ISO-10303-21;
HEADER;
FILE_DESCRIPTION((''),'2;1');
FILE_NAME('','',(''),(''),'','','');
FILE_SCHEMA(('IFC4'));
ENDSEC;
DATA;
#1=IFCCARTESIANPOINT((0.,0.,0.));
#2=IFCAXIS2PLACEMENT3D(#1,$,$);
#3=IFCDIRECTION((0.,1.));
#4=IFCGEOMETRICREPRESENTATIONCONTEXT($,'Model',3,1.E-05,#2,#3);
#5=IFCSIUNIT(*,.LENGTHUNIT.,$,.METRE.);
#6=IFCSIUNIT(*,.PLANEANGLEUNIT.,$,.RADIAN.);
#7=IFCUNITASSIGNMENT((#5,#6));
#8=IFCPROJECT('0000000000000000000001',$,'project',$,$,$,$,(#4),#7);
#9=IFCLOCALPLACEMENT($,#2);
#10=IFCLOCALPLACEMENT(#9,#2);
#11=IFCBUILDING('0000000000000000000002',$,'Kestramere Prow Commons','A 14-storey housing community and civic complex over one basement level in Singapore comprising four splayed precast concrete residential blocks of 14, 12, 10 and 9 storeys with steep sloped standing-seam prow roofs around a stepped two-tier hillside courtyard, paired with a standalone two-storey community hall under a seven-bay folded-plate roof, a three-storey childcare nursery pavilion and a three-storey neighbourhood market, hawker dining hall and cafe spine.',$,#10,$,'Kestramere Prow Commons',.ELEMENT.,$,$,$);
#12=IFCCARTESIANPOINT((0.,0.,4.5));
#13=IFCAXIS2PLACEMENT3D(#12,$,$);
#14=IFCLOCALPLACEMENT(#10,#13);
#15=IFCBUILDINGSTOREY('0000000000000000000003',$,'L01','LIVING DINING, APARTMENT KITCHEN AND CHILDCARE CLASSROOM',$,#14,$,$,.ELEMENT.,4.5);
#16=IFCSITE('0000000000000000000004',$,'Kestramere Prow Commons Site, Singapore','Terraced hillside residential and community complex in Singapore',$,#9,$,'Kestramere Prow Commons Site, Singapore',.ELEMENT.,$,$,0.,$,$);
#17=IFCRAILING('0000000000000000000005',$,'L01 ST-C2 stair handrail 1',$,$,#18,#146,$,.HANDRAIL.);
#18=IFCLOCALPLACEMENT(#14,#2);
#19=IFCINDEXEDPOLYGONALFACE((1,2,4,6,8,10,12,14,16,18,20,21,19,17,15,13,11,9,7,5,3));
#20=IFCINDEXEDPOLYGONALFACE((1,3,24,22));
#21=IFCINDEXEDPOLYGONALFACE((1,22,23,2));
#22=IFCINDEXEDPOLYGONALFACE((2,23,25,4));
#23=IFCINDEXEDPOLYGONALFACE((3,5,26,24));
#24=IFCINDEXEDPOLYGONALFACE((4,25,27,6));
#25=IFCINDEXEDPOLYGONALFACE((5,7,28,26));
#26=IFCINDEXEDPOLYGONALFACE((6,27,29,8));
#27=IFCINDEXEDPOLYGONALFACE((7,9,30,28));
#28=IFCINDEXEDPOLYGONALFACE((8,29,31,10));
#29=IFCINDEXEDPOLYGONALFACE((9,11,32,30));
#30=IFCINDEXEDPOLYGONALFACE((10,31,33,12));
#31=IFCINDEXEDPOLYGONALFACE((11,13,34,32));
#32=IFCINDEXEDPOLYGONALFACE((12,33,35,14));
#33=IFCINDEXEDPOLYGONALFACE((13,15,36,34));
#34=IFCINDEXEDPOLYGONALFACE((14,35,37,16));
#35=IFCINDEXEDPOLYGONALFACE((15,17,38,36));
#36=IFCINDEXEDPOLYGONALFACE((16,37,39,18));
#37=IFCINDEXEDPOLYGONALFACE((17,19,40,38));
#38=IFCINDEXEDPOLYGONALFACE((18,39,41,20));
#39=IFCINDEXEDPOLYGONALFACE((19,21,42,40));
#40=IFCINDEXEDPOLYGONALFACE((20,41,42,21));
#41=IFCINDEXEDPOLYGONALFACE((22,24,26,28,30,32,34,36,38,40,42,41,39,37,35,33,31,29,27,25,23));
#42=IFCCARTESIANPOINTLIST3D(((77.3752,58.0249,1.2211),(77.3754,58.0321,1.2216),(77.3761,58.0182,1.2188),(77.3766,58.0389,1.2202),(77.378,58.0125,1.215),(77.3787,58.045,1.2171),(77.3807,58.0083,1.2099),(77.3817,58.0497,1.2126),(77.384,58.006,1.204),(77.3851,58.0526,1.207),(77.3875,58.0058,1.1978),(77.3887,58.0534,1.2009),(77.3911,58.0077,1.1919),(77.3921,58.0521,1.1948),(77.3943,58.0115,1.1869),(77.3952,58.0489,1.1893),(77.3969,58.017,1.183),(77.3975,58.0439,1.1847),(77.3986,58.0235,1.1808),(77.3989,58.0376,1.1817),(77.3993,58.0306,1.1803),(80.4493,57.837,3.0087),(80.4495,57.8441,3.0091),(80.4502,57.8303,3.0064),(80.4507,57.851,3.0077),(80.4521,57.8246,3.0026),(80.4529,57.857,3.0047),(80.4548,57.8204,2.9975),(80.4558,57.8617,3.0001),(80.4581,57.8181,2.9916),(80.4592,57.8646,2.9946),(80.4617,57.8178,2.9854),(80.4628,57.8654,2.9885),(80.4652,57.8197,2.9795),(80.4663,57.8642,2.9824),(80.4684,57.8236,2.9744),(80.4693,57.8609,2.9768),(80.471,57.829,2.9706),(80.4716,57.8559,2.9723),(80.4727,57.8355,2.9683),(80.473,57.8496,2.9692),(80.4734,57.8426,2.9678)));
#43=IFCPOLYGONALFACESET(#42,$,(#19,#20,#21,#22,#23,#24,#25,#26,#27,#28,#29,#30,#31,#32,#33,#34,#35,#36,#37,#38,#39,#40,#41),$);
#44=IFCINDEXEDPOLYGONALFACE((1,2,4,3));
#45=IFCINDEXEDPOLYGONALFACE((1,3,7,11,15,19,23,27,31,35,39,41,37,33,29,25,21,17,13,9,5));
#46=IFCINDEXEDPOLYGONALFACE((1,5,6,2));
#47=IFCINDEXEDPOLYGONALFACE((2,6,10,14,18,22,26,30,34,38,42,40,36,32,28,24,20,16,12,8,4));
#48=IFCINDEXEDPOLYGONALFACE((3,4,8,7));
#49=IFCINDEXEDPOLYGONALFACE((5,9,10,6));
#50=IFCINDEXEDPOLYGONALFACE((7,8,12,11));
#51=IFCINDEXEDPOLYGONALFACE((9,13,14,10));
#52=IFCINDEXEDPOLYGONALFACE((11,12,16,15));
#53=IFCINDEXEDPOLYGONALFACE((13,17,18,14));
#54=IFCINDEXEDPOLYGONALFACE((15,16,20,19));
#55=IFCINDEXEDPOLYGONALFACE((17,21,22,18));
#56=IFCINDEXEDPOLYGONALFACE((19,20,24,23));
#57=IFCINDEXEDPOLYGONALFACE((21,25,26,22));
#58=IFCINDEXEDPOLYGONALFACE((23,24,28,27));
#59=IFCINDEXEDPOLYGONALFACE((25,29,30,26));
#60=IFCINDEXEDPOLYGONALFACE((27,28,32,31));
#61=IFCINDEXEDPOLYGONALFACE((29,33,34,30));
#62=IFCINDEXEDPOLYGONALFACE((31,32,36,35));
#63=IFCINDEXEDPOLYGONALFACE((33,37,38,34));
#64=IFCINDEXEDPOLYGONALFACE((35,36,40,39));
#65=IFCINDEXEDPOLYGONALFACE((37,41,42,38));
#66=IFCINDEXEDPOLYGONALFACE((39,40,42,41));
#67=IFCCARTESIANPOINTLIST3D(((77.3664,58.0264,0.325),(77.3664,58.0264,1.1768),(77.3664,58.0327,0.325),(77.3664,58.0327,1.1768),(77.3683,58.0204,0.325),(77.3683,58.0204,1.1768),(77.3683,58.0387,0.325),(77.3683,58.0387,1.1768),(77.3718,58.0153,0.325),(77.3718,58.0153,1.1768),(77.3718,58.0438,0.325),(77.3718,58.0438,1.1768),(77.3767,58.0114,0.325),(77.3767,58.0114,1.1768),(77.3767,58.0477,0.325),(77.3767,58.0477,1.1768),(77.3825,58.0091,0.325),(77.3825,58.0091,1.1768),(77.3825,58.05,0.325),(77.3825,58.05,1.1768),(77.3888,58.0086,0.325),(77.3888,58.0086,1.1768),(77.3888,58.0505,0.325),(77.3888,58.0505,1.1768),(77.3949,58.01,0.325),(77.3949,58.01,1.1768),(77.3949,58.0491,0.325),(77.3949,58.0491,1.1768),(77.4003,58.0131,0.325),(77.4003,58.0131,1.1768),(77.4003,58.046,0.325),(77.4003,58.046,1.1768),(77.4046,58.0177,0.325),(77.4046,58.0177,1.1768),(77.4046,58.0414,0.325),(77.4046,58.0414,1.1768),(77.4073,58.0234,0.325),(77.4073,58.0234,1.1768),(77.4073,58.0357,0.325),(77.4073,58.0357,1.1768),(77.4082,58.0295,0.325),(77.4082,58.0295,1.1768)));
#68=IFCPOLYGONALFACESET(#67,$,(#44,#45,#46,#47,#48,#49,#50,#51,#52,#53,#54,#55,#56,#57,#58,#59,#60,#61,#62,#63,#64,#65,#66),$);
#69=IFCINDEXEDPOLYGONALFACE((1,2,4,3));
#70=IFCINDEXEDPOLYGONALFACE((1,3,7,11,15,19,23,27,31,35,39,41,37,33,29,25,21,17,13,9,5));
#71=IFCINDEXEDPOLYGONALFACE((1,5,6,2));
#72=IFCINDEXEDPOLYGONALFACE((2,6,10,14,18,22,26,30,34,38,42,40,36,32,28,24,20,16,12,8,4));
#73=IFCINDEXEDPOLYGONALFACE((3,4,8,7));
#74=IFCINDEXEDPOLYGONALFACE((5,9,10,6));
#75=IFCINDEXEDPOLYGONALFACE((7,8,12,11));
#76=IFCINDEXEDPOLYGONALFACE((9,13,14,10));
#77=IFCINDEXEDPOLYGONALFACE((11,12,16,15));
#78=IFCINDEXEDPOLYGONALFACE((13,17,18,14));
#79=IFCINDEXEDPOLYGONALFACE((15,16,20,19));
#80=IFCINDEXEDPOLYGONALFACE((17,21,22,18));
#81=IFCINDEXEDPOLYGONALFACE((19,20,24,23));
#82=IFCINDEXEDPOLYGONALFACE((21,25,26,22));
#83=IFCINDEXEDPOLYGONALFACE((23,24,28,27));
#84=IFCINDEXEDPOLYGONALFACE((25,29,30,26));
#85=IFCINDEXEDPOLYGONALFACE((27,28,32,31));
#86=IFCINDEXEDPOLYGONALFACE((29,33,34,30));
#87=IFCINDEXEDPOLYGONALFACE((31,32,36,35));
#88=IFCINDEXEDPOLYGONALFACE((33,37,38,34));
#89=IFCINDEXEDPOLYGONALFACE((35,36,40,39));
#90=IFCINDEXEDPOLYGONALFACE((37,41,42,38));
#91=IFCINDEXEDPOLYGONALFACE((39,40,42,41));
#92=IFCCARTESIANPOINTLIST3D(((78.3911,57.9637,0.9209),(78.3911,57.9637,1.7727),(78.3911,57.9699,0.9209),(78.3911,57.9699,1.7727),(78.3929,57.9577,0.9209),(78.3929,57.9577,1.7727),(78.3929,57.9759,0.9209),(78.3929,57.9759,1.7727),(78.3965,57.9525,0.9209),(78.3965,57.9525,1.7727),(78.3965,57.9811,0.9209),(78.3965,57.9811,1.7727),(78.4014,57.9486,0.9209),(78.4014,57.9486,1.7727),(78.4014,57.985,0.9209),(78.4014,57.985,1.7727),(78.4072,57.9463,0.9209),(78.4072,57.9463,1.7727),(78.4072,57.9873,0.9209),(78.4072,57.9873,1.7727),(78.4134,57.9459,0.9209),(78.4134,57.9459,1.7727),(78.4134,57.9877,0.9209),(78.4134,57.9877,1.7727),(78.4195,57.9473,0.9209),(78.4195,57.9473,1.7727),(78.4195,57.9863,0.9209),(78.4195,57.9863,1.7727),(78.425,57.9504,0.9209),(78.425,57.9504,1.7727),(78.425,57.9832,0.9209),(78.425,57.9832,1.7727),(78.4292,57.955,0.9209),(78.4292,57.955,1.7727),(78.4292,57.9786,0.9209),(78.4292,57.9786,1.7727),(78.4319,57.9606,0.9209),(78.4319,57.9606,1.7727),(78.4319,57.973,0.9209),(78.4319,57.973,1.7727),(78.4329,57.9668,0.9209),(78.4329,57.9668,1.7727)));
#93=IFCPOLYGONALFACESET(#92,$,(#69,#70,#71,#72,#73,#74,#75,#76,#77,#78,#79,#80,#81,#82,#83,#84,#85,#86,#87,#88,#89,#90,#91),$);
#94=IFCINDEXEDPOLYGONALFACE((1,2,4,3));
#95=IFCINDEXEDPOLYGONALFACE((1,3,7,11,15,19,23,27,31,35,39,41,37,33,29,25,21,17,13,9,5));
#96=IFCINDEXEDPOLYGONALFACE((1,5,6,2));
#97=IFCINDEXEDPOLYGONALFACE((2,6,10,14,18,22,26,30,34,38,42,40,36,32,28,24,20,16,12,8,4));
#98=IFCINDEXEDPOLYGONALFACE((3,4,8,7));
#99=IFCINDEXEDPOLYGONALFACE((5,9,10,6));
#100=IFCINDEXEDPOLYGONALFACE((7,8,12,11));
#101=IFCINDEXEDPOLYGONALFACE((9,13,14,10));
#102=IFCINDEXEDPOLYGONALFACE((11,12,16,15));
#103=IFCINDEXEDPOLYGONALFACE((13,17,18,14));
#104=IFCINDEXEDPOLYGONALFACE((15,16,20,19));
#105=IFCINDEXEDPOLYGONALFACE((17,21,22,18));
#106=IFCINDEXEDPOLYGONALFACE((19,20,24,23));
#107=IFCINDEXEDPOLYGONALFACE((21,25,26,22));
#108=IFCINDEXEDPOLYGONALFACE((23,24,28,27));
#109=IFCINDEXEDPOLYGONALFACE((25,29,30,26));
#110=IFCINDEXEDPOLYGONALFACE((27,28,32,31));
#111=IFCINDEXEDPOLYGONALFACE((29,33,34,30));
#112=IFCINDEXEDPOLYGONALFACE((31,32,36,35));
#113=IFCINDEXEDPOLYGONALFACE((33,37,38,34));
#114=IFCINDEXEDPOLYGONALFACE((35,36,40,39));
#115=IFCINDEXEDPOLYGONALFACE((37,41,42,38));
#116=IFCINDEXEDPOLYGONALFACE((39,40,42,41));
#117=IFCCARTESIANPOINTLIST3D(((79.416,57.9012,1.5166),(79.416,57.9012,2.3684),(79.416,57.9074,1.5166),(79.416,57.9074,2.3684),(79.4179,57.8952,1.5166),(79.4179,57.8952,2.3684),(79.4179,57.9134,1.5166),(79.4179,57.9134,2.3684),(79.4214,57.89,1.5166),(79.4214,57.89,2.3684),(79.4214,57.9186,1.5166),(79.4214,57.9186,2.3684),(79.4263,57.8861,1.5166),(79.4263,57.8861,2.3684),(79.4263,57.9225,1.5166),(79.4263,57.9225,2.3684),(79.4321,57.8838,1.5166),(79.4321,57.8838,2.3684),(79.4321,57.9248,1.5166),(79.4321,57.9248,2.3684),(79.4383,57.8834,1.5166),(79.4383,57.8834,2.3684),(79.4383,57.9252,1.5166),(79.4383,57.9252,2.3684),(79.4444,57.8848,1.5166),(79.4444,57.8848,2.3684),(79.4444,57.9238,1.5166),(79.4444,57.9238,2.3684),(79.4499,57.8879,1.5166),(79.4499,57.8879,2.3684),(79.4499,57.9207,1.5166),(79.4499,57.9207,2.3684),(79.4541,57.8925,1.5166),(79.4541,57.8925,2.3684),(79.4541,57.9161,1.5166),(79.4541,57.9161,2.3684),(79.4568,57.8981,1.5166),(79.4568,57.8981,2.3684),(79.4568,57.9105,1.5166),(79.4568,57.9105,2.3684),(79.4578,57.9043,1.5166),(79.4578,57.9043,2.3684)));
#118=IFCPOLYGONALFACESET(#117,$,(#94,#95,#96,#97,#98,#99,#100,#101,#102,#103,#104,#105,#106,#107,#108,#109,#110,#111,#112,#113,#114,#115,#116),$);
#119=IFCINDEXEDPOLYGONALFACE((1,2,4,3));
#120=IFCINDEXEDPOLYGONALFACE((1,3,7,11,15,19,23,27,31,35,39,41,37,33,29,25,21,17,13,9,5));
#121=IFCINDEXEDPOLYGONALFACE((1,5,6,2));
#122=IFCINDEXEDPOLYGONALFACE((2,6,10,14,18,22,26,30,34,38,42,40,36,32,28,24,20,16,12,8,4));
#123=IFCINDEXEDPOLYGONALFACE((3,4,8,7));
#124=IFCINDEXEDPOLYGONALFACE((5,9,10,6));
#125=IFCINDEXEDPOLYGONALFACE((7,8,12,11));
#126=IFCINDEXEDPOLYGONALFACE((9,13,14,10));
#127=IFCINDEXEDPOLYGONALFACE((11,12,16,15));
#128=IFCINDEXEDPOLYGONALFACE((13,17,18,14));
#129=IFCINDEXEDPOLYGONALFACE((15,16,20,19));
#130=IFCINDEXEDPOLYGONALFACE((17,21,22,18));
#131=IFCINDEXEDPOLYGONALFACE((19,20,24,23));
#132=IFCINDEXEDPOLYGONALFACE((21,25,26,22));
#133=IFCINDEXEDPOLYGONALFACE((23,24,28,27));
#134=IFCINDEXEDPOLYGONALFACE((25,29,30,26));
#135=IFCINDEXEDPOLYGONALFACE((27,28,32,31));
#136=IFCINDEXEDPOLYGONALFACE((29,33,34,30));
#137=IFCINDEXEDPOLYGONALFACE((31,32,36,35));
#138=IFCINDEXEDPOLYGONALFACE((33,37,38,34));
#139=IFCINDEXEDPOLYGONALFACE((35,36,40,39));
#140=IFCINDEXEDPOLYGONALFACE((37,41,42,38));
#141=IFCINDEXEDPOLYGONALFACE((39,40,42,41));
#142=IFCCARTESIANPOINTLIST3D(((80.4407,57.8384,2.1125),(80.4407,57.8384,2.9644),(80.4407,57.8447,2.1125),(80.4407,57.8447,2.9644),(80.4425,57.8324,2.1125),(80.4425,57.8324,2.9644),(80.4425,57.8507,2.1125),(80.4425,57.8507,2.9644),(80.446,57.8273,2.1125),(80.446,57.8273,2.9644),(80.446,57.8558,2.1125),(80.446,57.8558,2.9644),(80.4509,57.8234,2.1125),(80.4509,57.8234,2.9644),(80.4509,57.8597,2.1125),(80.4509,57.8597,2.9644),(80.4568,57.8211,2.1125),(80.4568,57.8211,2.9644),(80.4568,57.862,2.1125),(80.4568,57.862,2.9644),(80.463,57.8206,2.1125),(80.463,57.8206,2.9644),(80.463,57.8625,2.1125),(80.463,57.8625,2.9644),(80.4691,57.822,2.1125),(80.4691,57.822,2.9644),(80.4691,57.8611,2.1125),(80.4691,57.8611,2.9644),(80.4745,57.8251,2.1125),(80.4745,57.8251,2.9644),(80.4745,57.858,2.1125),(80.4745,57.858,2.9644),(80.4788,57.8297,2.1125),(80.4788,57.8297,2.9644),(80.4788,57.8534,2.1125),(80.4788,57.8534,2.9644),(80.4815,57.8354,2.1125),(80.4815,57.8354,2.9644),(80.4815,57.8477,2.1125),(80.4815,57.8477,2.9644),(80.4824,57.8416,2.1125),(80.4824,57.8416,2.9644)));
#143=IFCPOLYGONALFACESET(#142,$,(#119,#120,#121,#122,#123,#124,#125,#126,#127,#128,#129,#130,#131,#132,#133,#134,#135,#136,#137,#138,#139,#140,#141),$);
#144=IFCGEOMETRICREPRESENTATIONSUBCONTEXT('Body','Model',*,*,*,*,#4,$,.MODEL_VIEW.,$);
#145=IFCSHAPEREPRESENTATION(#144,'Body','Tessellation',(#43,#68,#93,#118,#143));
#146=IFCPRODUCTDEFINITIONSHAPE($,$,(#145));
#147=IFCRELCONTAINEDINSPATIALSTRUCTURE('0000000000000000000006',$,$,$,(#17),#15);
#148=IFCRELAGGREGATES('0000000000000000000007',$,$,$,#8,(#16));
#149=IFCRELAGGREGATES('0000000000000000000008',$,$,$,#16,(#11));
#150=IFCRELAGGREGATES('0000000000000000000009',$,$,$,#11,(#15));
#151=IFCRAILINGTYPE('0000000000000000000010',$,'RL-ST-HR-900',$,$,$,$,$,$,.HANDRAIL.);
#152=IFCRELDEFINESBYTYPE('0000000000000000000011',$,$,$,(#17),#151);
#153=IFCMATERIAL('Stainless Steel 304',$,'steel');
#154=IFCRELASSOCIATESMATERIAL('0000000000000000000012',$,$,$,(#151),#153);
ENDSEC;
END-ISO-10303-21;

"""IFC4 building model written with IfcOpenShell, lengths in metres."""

from ifc_helpers import new_model, si_unit, direction, frame, origin, origin_2d, place, context, subcontext, project, spatial, circle, extrude, material, type_object, element, save


model = new_model("IFC4")

# Units and contexts
model_context = context("Model", 3, precision=1e-05, world=origin(), true_north=direction((0.0, 1.0)))
body_context = subcontext(model_context, "Body", "Model", "MODEL_VIEW")
ifc_project = project(units=[si_unit("LENGTHUNIT", "METRE"), si_unit("PLANEANGLEUNIT", "RADIAN")], contexts=[model_context])

# Site, building, storey
site_placement = place(None, origin())
site = spatial("IfcSite", under=ifc_project, at=site_placement, Name="Kestramere Prow Commons Site, Singapore", Description="Terraced hillside residential and community complex in Singapore", LongName="Kestramere Prow Commons Site, Singapore", CompositionType="ELEMENT", RefElevation=0.0)
building_placement = place(site_placement, origin())
building = spatial("IfcBuilding", under=site, at=building_placement, Name="Kestramere Prow Commons", Description="A 14-storey housing community and civic complex over one basement level in Singapore comprising four splayed precast concrete residential blocks of 14, 12, 10 and 9 storeys with steep sloped standing-seam prow roofs around a stepped two-tier hillside courtyard, paired with a standalone two-storey community hall under a seven-bay folded-plate roof, a three-storey childcare nursery pavilion and a three-storey neighbourhood market, hawker dining hall and cafe spine.", LongName="Kestramere Prow Commons", CompositionType="ELEMENT")
storey_placement = place(building_placement, frame((0.0, 0.0, 4.5)))
storey = spatial("IfcBuildingStorey", under=building, at=storey_placement, Name="L01", Description="LIVING DINING, APARTMENT KITCHEN AND CHILDCARE CLASSROOM", CompositionType="ELEMENT", Elevation=4.5)

# Railing
ifc_material_1 = material(Name="Stainless Steel 304", Category="steel")
railing_type_1 = type_object("IfcRailingType", Name="RL-ST-HR-900", PredefinedType="HANDRAIL", material=ifc_material_1)
for number, where, name in (
    (1, (77.3872, 58.0295, 0.325), "L01 ST-C2 stair handrail 1"),
):
    element("IfcRailing", number, at=place(storey_placement, frame(where)), inside=storey, type_object=railing_type_1, Name=name, PredefinedType="HANDRAIL", context=body_context, shape_type="SweptSolid", body=[
        extrude(circle(Radius=0.0239, at=origin_2d()), frame((0.0, 0.0, 0.876), z_axis=(0.86327, -0.052789, 0.501974), x_axis=(0.061036, 0.998136, 0.0)), (0.0, 0.0, 1.0), 3.561),
        extrude(circle(Radius=0.021, at=origin_2d()), origin(), (0.0, 0.0, 1.0), 0.8518),
        extrude(circle(Radius=0.021, at=origin_2d()), frame((1.0247, -0.0627, 0.5959)), (0.0, 0.0, 1.0), 0.8518),
        extrude(circle(Radius=0.021, at=origin_2d()), frame((2.0496, -0.1252, 1.1917)), (0.0, 0.0, 1.0), 0.8518),
        extrude(circle(Radius=0.021, at=origin_2d()), frame((3.0742, -0.188, 1.7876)), (0.0, 0.0, 1.0), 0.8518),
    ])

save(model, "model.ifc")
